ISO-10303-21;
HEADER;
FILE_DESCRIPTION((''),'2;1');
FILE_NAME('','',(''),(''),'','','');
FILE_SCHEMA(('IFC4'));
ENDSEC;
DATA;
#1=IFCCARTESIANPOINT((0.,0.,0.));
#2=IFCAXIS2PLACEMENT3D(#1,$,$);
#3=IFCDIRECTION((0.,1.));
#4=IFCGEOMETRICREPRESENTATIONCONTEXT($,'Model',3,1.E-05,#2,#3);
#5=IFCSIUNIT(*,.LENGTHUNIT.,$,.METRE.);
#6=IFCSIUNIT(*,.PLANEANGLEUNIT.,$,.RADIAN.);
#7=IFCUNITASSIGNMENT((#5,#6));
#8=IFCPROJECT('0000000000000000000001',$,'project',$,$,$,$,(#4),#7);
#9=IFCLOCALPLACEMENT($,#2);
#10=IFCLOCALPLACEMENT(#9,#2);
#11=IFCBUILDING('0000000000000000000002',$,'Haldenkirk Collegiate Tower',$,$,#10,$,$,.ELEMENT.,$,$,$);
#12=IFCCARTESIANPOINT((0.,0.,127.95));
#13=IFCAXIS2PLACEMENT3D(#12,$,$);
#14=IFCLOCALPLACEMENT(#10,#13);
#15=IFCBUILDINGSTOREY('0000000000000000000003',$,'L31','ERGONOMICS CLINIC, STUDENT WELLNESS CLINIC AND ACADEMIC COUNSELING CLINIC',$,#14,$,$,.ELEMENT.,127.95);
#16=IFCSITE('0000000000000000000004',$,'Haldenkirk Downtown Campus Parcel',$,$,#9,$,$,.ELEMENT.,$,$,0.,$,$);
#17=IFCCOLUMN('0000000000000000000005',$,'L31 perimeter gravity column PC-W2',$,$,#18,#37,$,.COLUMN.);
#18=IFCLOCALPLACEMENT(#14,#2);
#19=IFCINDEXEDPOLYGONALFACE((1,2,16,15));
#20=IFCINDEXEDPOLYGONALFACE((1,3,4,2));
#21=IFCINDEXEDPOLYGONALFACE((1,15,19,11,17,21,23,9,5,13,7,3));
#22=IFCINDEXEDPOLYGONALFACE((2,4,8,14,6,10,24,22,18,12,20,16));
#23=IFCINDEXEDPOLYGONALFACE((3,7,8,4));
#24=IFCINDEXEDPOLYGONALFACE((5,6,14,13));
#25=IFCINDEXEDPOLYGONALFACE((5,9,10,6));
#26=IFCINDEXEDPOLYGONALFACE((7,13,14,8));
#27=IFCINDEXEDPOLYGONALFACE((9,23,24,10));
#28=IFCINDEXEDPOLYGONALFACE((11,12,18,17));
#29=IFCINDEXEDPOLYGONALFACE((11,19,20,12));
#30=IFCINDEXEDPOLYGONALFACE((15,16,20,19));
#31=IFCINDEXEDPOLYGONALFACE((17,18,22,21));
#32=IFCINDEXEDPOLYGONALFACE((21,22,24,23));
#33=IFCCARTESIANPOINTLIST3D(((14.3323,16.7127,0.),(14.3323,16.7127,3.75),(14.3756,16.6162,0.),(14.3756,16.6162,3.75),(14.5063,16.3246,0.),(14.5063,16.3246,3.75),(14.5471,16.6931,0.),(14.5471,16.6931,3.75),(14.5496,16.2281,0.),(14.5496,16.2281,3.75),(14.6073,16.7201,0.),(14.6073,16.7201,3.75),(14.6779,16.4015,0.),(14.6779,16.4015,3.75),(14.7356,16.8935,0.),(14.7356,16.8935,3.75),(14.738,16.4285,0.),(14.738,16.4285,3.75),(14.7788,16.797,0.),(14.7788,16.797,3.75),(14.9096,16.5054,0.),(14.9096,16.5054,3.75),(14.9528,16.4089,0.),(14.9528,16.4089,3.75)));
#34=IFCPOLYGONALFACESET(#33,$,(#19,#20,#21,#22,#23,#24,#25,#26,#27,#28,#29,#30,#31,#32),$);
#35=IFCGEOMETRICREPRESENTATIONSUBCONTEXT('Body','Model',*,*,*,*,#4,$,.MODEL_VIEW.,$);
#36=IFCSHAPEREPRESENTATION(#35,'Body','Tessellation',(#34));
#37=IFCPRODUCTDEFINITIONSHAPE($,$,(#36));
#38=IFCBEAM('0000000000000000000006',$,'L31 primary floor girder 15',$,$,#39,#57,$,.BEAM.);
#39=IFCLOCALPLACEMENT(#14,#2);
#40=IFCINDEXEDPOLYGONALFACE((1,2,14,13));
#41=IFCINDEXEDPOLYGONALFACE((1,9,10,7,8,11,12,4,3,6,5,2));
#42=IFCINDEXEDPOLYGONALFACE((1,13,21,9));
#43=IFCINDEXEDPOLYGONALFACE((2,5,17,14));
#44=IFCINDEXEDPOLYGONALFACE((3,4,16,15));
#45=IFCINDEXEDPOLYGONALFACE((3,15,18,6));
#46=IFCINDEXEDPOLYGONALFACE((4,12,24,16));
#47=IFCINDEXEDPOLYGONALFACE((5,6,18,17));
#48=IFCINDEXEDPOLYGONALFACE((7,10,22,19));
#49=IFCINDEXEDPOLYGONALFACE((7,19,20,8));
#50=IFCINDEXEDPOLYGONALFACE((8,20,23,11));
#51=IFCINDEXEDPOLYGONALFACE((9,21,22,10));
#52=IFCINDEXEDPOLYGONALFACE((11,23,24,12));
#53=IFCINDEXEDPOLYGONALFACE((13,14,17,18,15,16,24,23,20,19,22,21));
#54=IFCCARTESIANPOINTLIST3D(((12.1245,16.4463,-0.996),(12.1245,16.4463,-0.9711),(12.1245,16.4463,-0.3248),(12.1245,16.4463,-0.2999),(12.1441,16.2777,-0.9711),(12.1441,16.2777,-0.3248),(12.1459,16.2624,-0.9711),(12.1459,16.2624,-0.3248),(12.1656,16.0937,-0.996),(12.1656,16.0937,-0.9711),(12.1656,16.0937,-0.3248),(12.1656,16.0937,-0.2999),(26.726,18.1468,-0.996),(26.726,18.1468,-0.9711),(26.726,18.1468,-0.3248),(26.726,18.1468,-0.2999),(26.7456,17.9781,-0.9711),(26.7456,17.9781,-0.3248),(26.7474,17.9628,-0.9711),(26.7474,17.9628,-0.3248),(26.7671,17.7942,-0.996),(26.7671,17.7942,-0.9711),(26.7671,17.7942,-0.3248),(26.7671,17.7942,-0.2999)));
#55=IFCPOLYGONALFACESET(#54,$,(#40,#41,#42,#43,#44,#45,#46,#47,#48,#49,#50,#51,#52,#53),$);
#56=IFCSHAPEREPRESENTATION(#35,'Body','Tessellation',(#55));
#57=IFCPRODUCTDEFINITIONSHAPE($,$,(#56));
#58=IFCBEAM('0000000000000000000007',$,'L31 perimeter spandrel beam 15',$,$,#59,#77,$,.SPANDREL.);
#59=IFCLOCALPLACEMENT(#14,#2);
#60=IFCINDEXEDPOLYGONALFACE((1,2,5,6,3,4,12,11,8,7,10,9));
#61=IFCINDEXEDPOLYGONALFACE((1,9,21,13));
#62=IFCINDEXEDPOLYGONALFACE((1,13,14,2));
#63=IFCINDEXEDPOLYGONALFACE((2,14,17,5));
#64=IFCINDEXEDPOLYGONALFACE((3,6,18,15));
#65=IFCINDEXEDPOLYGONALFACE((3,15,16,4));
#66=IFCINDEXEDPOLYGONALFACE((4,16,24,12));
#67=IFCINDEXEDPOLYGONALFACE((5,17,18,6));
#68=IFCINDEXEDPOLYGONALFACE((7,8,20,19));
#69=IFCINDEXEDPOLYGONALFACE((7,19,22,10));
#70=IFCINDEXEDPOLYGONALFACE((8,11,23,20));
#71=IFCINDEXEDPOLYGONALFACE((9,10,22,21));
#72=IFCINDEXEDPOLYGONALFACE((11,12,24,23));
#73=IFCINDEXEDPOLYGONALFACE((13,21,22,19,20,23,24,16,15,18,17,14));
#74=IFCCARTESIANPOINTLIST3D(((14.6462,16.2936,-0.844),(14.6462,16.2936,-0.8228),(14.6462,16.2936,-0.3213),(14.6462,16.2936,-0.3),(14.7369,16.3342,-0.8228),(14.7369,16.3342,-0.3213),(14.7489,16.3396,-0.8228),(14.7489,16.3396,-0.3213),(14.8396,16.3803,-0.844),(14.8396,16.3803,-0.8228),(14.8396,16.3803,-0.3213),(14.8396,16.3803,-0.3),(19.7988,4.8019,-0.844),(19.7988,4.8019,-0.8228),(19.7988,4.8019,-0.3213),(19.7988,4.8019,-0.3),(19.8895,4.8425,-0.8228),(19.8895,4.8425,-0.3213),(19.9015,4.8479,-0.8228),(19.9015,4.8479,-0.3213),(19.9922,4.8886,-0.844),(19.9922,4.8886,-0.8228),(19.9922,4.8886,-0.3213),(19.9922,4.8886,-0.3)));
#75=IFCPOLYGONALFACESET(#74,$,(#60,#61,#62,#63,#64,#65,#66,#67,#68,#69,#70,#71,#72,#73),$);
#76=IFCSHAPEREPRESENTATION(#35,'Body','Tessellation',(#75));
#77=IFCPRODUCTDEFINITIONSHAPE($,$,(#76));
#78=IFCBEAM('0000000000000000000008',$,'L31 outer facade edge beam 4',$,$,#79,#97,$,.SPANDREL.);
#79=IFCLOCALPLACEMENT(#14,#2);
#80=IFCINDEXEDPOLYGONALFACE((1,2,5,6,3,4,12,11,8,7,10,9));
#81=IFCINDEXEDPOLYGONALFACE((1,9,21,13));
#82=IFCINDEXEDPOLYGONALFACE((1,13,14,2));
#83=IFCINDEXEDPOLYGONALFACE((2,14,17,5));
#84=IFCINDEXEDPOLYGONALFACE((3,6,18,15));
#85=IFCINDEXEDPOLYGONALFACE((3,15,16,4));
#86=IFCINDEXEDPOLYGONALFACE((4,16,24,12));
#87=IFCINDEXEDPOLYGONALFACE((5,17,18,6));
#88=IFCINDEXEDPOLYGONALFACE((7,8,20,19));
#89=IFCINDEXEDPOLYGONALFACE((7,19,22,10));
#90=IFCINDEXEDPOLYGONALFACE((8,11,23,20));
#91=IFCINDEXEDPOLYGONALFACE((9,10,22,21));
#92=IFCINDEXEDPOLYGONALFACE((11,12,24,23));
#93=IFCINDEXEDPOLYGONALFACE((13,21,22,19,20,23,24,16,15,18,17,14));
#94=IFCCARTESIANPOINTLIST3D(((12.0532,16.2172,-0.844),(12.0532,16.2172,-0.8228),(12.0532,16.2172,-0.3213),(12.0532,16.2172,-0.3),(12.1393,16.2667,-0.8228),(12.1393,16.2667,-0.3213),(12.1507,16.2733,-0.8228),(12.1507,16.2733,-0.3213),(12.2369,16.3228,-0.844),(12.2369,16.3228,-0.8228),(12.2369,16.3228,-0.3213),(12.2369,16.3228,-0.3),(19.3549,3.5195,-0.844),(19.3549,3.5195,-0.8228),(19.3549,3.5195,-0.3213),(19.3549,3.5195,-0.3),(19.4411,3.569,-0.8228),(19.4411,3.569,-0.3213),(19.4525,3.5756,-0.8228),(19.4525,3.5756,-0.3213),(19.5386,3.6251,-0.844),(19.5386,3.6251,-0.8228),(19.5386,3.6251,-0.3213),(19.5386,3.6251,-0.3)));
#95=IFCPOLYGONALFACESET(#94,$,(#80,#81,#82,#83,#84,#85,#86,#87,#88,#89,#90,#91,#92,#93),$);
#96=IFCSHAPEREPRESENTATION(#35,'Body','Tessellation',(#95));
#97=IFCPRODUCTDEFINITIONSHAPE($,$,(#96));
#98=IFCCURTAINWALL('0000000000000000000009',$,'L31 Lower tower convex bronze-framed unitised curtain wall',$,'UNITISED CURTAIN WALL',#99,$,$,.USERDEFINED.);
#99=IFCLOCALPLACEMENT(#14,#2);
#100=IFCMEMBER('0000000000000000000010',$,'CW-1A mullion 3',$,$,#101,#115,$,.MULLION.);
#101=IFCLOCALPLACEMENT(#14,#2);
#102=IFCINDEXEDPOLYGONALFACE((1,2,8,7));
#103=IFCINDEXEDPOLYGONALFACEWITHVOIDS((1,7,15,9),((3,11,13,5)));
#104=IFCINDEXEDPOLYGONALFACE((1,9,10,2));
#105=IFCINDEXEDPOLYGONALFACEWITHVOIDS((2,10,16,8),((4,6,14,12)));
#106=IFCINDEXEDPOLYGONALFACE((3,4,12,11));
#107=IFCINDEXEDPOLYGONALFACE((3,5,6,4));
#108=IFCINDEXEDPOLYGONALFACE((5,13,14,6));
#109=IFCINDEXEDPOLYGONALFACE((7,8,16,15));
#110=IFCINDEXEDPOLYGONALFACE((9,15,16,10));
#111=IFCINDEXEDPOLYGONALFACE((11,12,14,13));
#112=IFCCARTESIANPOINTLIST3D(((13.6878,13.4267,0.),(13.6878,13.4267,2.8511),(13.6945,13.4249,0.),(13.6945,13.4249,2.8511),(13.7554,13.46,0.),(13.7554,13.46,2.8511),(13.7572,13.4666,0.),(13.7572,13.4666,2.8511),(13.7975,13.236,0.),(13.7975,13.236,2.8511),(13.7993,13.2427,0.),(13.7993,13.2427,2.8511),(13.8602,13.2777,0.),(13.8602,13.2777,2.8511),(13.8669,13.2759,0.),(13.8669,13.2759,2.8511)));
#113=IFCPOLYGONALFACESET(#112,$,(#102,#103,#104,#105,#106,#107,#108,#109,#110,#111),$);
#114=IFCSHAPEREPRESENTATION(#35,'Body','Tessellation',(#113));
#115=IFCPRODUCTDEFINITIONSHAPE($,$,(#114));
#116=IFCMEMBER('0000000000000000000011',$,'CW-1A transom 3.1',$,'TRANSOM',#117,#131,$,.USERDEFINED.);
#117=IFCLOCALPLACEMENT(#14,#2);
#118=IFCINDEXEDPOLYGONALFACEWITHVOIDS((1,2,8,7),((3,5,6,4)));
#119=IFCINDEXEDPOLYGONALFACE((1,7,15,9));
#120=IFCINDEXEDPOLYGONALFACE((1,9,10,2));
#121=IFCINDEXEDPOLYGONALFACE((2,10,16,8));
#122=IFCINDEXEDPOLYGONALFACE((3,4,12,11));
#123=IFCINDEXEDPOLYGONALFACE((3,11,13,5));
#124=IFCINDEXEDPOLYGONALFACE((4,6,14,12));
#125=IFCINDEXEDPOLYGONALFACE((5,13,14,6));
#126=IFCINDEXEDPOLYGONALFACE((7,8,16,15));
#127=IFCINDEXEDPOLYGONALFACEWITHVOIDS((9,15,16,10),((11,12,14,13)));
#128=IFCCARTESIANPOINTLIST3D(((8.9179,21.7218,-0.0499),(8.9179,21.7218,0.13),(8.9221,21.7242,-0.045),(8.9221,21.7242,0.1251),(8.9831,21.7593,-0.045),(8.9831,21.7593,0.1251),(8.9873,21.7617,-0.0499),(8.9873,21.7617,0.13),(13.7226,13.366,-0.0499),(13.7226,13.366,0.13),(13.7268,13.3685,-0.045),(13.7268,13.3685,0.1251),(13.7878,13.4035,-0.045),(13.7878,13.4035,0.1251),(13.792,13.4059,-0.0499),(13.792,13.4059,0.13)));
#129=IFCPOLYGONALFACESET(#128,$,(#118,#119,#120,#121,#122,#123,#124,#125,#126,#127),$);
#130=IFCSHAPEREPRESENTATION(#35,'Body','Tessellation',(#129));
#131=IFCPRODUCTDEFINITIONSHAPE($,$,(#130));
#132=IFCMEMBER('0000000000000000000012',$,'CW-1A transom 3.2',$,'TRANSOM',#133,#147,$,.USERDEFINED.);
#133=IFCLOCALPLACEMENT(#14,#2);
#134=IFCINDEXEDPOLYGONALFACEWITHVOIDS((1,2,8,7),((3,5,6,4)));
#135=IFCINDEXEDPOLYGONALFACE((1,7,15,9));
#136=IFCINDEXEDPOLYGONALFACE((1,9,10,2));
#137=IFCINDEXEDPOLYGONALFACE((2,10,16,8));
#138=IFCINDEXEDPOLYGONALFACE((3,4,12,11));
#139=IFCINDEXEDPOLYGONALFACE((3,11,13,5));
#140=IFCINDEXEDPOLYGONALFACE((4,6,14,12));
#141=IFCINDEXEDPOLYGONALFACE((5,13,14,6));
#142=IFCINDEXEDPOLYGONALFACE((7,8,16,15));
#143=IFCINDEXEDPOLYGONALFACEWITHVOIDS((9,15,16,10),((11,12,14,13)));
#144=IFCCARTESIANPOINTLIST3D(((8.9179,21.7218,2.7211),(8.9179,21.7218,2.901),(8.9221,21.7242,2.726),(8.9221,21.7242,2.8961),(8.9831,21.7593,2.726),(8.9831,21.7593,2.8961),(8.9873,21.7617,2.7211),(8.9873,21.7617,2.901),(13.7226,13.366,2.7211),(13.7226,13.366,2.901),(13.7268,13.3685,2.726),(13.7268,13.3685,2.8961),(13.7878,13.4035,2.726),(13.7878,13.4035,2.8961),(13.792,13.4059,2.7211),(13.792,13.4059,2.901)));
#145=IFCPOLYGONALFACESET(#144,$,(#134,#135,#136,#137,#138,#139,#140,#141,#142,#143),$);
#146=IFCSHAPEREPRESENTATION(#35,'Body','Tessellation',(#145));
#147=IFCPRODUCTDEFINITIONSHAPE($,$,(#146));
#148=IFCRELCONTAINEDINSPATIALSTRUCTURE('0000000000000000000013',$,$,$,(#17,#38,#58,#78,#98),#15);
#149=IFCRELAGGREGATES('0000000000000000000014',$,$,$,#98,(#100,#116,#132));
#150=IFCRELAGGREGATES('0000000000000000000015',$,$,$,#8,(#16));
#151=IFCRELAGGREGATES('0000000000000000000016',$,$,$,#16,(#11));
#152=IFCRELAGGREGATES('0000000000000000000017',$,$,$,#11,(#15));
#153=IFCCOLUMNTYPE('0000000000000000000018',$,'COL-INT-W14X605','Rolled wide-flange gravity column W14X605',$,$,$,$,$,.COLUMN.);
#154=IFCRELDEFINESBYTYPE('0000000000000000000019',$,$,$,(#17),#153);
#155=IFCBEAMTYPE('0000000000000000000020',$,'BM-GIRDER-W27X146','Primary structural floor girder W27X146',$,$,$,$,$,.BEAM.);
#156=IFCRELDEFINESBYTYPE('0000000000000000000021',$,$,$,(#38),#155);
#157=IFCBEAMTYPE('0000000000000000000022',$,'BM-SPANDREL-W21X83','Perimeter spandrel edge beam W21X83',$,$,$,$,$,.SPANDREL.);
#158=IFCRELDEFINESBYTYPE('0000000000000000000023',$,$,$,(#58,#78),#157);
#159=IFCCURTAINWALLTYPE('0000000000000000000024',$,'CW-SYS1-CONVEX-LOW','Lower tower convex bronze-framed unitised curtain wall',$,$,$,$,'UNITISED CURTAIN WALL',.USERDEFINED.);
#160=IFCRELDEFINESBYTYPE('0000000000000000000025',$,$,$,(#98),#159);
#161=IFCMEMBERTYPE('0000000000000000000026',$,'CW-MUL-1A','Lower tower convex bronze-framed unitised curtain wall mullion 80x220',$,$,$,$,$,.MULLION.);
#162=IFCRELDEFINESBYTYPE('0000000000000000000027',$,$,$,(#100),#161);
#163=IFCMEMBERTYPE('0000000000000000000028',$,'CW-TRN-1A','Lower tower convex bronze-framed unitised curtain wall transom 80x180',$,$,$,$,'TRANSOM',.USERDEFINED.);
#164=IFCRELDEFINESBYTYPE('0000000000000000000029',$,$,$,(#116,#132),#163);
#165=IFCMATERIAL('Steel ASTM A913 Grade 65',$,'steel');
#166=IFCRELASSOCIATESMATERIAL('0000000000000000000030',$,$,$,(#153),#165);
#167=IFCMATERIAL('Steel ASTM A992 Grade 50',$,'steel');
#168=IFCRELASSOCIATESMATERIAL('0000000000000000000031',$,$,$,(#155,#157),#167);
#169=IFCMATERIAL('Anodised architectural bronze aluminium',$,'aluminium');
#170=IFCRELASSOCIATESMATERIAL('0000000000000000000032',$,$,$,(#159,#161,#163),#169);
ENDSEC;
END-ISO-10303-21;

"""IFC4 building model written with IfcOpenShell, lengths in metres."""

from ifc_helpers import new_model, si_unit, direction, frame, origin, origin_2d, place, context, subcontext, project, spatial, hollow_rectangle, i_section, extrude, material, material_profile, profile_set, type_object, element, aggregate, save


model = new_model("IFC4")

# Units and contexts
model_context = context("Model", 3, precision=1e-05, world=origin(), true_north=direction((0.0, 1.0)))
body_context = subcontext(model_context, "Body", "Model", "MODEL_VIEW")
ifc_project = project(units=[si_unit("LENGTHUNIT", "METRE"), si_unit("PLANEANGLEUNIT", "RADIAN")], contexts=[model_context])

# Site, building, storey
site_placement = place(None, origin())
site = spatial("IfcSite", under=ifc_project, at=site_placement, Name="Haldenkirk Downtown Campus Parcel", CompositionType="ELEMENT", RefElevation=0.0)
building_placement = place(site_placement, origin())
building = spatial("IfcBuilding", under=site, at=building_placement, Name="Haldenkirk Collegiate Tower", CompositionType="ELEMENT")
storey_placement = place(building_placement, frame((0.0, 0.0, 127.95)))
storey = spatial("IfcBuildingStorey", under=building, at=storey_placement, Name="L31", Description="ERGONOMICS CLINIC, STUDENT WELLNESS CLINIC AND ACADEMIC COUNSELING CLINIC", CompositionType="ELEMENT", Elevation=127.95)

# Column
ifc_material_1 = material(Name="Steel ASTM A913 Grade 65", Category="steel")
ifc_material_profile_1 = material_profile(ifc_material_1, i_section(OverallWidth=0.4419, OverallDepth=0.531, WebThickness=0.0659, FlangeThickness=0.1057, at=origin_2d()), Name="W14X605")
ifc_profile_set_1 = profile_set([ifc_material_profile_1], Name="Steel ASTM A913 Grade 65")
column_type = type_object("IfcColumnType", Name="COL-INT-W14X605", Description="Rolled wide-flange gravity column W14X605", PredefinedType="COLUMN", material=ifc_profile_set_1)
column_placement = place(storey_placement, frame((14.6426, 16.5608, 0.0), z_axis=(0.0, 0.0, 1.0), x_axis=(0.912477, 0.409127, 0.0)))
element("IfcColumn", 1, at=column_placement, inside=storey, type_object=column_type, Name="L31 perimeter gravity column PC-W2", PredefinedType="COLUMN", context=body_context, shape_type="SweptSolid", body=[
    extrude(i_section(OverallWidth=0.4419, OverallDepth=0.531, WebThickness=0.0659, FlangeThickness=0.1057, at=origin_2d()), origin(), (0.0, 0.0, 1.0), 3.75),
])

# Beams
ifc_material_2 = material(Name="Steel ASTM A992 Grade 50", Category="steel")
ifc_material_profile_2 = material_profile(ifc_material_2, i_section(OverallWidth=0.355, OverallDepth=0.696, WebThickness=0.0154, FlangeThickness=0.0249, at=origin_2d()), Name="W27X146")
ifc_profile_set_2 = profile_set([ifc_material_profile_2], Name="Steel ASTM A992 Grade 50")
beam_type_1 = type_object("IfcBeamType", Name="BM-GIRDER-W27X146", Description="Primary structural floor girder W27X146", PredefinedType="BEAM", material=ifc_profile_set_2)
beam_1_placement = place(storey_placement, frame((12.145, 16.27, -0.6479), z_axis=(0.993287, 0.115674, 0.0), x_axis=(-0.115674, 0.993287, 0.0)))
element("IfcBeam", 2, at=beam_1_placement, inside=storey, type_object=beam_type_1, Name="L31 primary floor girder 15", PredefinedType="BEAM", context=body_context, shape_type="SweptSolid", body=[
    extrude(i_section(OverallWidth=0.355, OverallDepth=0.696, WebThickness=0.0154, FlangeThickness=0.0249, at=origin_2d()), origin(), (0.0, 0.0, 1.0), 14.7002),
])
ifc_material_profile_3 = material_profile(ifc_material_2, i_section(OverallWidth=0.2119, OverallDepth=0.5439, WebThickness=0.0132, FlangeThickness=0.0212, at=origin_2d()), Name="W21X83")
ifc_profile_set_3 = profile_set([ifc_material_profile_3], Name="Steel ASTM A992 Grade 50")
beam_type_2 = type_object("IfcBeamType", Name="BM-SPANDREL-W21X83", Description="Perimeter spandrel edge beam W21X83", PredefinedType="SPANDREL", material=ifc_profile_set_3)
beam_2_placement = place(storey_placement, frame((14.7429, 16.3369, -0.572), z_axis=(0.409131, -0.912476, 0.0), x_axis=(0.912476, 0.409131, 0.0)))
element("IfcBeam", 3, at=beam_2_placement, inside=storey, type_object=beam_type_2, Name="L31 perimeter spandrel beam 15", PredefinedType="SPANDREL", context=body_context, shape_type="SweptSolid", body=[
    extrude(i_section(OverallWidth=0.2119, OverallDepth=0.5439, WebThickness=0.0132, FlangeThickness=0.0212, at=origin_2d()), origin(), (0.0, 0.0, 1.0), 12.594),
])
beam_3_placement = place(storey_placement, frame((12.145, 16.27, -0.572), z_axis=(0.498499, -0.86689, 0.0), x_axis=(0.86689, 0.498499, 0.0)))
element("IfcBeam", 4, at=beam_3_placement, inside=storey, type_object=beam_type_2, Name="L31 outer facade edge beam 4", PredefinedType="SPANDREL", context=body_context, shape_type="SweptSolid", body=[
    extrude(i_section(OverallWidth=0.2119, OverallDepth=0.5439, WebThickness=0.0132, FlangeThickness=0.0212, at=origin_2d()), origin(), (0.0, 0.0, 1.0), 14.6475),
])

# Curtain wall, members
ifc_material_3 = material(Name="Anodised architectural bronze aluminium", Category="aluminium")
curtain_wall_type = type_object("IfcCurtainWallType", Name="CW-SYS1-CONVEX-LOW", Description="Lower tower convex bronze-framed unitised curtain wall", ElementType="UNITISED CURTAIN WALL", PredefinedType="USERDEFINED", material=ifc_material_3)
curtain_wall_placement = place(storey_placement, origin())
curtain_wall = element("IfcCurtainWall", 5, at=curtain_wall_placement, inside=storey, type_object=curtain_wall_type, Name="L31 Lower tower convex bronze-framed unitised curtain wall", ObjectType="UNITISED CURTAIN WALL", PredefinedType="USERDEFINED")
ifc_material_profile_4 = material_profile(ifc_material_3, hollow_rectangle(XDim=0.0801, YDim=0.22, WallThickness=0.0049, at=origin_2d()), Name="CW-MUL-1A")
ifc_profile_set_4 = profile_set([ifc_material_profile_4], Name="Anodised architectural bronze aluminium")
member_type_1 = type_object("IfcMemberType", Name="CW-MUL-1A", Description="Lower tower convex bronze-framed unitised curtain wall mullion 80x220", PredefinedType="MULLION", material=ifc_profile_set_4)
member_1_placement = place(storey_placement, frame((13.7773, 13.3513, 0.0), z_axis=(0.0, 0.0, 1.0), x_axis=(-0.866896, -0.49849, 0.0)))
member_1 = element("IfcMember", 6, at=member_1_placement, type_object=member_type_1, Name="CW-1A mullion 3", PredefinedType="MULLION", context=body_context, shape_type="SweptSolid", body=[
    extrude(hollow_rectangle(XDim=0.0801, YDim=0.22, WallThickness=0.0049, at=origin_2d()), origin(), (0.0, 0.0, 1.0), 2.8511),
])
ifc_material_profile_5 = material_profile(ifc_material_3, hollow_rectangle(XDim=0.0801, YDim=0.1799, WallThickness=0.0049, at=origin_2d()), Name="CW-TRN-1A")
ifc_profile_set_5 = profile_set([ifc_material_profile_5], Name="Anodised architectural bronze aluminium")
member_type_2 = type_object("IfcMemberType", Name="CW-TRN-1A", Description="Lower tower convex bronze-framed unitised curtain wall transom 80x180", ElementType="TRANSOM", PredefinedType="USERDEFINED", material=ifc_profile_set_5)
member_2_placement = place(storey_placement, frame((13.7573, 13.386, 0.04), z_axis=(-0.498483, 0.866899, 0.0), x_axis=(-0.866899, -0.498483, 0.0)))
member_2 = element("IfcMember", 7, at=member_2_placement, type_object=member_type_2, Name="CW-1A transom 3.1", ObjectType="TRANSOM", PredefinedType="USERDEFINED", context=body_context, shape_type="SweptSolid", body=[
    extrude(hollow_rectangle(XDim=0.0801, YDim=0.1799, WallThickness=0.0049, at=origin_2d()), origin(), (0.0, 0.0, 1.0), 9.6387),
])
member_3_placement = place(storey_placement, frame((13.7573, 13.386, 2.811), z_axis=(-0.498483, 0.866899, 0.0), x_axis=(-0.866899, -0.498483, 0.0)))
member_3 = element("IfcMember", 8, at=member_3_placement, type_object=member_type_2, Name="CW-1A transom 3.2", ObjectType="TRANSOM", PredefinedType="USERDEFINED", context=body_context, shape_type="SweptSolid", body=[
    extrude(hollow_rectangle(XDim=0.0801, YDim=0.1799, WallThickness=0.0049, at=origin_2d()), origin(), (0.0, 0.0, 1.0), 9.6387),
])

aggregate(curtain_wall, [member_1, member_2, member_3])

save(model, "model.ifc")
